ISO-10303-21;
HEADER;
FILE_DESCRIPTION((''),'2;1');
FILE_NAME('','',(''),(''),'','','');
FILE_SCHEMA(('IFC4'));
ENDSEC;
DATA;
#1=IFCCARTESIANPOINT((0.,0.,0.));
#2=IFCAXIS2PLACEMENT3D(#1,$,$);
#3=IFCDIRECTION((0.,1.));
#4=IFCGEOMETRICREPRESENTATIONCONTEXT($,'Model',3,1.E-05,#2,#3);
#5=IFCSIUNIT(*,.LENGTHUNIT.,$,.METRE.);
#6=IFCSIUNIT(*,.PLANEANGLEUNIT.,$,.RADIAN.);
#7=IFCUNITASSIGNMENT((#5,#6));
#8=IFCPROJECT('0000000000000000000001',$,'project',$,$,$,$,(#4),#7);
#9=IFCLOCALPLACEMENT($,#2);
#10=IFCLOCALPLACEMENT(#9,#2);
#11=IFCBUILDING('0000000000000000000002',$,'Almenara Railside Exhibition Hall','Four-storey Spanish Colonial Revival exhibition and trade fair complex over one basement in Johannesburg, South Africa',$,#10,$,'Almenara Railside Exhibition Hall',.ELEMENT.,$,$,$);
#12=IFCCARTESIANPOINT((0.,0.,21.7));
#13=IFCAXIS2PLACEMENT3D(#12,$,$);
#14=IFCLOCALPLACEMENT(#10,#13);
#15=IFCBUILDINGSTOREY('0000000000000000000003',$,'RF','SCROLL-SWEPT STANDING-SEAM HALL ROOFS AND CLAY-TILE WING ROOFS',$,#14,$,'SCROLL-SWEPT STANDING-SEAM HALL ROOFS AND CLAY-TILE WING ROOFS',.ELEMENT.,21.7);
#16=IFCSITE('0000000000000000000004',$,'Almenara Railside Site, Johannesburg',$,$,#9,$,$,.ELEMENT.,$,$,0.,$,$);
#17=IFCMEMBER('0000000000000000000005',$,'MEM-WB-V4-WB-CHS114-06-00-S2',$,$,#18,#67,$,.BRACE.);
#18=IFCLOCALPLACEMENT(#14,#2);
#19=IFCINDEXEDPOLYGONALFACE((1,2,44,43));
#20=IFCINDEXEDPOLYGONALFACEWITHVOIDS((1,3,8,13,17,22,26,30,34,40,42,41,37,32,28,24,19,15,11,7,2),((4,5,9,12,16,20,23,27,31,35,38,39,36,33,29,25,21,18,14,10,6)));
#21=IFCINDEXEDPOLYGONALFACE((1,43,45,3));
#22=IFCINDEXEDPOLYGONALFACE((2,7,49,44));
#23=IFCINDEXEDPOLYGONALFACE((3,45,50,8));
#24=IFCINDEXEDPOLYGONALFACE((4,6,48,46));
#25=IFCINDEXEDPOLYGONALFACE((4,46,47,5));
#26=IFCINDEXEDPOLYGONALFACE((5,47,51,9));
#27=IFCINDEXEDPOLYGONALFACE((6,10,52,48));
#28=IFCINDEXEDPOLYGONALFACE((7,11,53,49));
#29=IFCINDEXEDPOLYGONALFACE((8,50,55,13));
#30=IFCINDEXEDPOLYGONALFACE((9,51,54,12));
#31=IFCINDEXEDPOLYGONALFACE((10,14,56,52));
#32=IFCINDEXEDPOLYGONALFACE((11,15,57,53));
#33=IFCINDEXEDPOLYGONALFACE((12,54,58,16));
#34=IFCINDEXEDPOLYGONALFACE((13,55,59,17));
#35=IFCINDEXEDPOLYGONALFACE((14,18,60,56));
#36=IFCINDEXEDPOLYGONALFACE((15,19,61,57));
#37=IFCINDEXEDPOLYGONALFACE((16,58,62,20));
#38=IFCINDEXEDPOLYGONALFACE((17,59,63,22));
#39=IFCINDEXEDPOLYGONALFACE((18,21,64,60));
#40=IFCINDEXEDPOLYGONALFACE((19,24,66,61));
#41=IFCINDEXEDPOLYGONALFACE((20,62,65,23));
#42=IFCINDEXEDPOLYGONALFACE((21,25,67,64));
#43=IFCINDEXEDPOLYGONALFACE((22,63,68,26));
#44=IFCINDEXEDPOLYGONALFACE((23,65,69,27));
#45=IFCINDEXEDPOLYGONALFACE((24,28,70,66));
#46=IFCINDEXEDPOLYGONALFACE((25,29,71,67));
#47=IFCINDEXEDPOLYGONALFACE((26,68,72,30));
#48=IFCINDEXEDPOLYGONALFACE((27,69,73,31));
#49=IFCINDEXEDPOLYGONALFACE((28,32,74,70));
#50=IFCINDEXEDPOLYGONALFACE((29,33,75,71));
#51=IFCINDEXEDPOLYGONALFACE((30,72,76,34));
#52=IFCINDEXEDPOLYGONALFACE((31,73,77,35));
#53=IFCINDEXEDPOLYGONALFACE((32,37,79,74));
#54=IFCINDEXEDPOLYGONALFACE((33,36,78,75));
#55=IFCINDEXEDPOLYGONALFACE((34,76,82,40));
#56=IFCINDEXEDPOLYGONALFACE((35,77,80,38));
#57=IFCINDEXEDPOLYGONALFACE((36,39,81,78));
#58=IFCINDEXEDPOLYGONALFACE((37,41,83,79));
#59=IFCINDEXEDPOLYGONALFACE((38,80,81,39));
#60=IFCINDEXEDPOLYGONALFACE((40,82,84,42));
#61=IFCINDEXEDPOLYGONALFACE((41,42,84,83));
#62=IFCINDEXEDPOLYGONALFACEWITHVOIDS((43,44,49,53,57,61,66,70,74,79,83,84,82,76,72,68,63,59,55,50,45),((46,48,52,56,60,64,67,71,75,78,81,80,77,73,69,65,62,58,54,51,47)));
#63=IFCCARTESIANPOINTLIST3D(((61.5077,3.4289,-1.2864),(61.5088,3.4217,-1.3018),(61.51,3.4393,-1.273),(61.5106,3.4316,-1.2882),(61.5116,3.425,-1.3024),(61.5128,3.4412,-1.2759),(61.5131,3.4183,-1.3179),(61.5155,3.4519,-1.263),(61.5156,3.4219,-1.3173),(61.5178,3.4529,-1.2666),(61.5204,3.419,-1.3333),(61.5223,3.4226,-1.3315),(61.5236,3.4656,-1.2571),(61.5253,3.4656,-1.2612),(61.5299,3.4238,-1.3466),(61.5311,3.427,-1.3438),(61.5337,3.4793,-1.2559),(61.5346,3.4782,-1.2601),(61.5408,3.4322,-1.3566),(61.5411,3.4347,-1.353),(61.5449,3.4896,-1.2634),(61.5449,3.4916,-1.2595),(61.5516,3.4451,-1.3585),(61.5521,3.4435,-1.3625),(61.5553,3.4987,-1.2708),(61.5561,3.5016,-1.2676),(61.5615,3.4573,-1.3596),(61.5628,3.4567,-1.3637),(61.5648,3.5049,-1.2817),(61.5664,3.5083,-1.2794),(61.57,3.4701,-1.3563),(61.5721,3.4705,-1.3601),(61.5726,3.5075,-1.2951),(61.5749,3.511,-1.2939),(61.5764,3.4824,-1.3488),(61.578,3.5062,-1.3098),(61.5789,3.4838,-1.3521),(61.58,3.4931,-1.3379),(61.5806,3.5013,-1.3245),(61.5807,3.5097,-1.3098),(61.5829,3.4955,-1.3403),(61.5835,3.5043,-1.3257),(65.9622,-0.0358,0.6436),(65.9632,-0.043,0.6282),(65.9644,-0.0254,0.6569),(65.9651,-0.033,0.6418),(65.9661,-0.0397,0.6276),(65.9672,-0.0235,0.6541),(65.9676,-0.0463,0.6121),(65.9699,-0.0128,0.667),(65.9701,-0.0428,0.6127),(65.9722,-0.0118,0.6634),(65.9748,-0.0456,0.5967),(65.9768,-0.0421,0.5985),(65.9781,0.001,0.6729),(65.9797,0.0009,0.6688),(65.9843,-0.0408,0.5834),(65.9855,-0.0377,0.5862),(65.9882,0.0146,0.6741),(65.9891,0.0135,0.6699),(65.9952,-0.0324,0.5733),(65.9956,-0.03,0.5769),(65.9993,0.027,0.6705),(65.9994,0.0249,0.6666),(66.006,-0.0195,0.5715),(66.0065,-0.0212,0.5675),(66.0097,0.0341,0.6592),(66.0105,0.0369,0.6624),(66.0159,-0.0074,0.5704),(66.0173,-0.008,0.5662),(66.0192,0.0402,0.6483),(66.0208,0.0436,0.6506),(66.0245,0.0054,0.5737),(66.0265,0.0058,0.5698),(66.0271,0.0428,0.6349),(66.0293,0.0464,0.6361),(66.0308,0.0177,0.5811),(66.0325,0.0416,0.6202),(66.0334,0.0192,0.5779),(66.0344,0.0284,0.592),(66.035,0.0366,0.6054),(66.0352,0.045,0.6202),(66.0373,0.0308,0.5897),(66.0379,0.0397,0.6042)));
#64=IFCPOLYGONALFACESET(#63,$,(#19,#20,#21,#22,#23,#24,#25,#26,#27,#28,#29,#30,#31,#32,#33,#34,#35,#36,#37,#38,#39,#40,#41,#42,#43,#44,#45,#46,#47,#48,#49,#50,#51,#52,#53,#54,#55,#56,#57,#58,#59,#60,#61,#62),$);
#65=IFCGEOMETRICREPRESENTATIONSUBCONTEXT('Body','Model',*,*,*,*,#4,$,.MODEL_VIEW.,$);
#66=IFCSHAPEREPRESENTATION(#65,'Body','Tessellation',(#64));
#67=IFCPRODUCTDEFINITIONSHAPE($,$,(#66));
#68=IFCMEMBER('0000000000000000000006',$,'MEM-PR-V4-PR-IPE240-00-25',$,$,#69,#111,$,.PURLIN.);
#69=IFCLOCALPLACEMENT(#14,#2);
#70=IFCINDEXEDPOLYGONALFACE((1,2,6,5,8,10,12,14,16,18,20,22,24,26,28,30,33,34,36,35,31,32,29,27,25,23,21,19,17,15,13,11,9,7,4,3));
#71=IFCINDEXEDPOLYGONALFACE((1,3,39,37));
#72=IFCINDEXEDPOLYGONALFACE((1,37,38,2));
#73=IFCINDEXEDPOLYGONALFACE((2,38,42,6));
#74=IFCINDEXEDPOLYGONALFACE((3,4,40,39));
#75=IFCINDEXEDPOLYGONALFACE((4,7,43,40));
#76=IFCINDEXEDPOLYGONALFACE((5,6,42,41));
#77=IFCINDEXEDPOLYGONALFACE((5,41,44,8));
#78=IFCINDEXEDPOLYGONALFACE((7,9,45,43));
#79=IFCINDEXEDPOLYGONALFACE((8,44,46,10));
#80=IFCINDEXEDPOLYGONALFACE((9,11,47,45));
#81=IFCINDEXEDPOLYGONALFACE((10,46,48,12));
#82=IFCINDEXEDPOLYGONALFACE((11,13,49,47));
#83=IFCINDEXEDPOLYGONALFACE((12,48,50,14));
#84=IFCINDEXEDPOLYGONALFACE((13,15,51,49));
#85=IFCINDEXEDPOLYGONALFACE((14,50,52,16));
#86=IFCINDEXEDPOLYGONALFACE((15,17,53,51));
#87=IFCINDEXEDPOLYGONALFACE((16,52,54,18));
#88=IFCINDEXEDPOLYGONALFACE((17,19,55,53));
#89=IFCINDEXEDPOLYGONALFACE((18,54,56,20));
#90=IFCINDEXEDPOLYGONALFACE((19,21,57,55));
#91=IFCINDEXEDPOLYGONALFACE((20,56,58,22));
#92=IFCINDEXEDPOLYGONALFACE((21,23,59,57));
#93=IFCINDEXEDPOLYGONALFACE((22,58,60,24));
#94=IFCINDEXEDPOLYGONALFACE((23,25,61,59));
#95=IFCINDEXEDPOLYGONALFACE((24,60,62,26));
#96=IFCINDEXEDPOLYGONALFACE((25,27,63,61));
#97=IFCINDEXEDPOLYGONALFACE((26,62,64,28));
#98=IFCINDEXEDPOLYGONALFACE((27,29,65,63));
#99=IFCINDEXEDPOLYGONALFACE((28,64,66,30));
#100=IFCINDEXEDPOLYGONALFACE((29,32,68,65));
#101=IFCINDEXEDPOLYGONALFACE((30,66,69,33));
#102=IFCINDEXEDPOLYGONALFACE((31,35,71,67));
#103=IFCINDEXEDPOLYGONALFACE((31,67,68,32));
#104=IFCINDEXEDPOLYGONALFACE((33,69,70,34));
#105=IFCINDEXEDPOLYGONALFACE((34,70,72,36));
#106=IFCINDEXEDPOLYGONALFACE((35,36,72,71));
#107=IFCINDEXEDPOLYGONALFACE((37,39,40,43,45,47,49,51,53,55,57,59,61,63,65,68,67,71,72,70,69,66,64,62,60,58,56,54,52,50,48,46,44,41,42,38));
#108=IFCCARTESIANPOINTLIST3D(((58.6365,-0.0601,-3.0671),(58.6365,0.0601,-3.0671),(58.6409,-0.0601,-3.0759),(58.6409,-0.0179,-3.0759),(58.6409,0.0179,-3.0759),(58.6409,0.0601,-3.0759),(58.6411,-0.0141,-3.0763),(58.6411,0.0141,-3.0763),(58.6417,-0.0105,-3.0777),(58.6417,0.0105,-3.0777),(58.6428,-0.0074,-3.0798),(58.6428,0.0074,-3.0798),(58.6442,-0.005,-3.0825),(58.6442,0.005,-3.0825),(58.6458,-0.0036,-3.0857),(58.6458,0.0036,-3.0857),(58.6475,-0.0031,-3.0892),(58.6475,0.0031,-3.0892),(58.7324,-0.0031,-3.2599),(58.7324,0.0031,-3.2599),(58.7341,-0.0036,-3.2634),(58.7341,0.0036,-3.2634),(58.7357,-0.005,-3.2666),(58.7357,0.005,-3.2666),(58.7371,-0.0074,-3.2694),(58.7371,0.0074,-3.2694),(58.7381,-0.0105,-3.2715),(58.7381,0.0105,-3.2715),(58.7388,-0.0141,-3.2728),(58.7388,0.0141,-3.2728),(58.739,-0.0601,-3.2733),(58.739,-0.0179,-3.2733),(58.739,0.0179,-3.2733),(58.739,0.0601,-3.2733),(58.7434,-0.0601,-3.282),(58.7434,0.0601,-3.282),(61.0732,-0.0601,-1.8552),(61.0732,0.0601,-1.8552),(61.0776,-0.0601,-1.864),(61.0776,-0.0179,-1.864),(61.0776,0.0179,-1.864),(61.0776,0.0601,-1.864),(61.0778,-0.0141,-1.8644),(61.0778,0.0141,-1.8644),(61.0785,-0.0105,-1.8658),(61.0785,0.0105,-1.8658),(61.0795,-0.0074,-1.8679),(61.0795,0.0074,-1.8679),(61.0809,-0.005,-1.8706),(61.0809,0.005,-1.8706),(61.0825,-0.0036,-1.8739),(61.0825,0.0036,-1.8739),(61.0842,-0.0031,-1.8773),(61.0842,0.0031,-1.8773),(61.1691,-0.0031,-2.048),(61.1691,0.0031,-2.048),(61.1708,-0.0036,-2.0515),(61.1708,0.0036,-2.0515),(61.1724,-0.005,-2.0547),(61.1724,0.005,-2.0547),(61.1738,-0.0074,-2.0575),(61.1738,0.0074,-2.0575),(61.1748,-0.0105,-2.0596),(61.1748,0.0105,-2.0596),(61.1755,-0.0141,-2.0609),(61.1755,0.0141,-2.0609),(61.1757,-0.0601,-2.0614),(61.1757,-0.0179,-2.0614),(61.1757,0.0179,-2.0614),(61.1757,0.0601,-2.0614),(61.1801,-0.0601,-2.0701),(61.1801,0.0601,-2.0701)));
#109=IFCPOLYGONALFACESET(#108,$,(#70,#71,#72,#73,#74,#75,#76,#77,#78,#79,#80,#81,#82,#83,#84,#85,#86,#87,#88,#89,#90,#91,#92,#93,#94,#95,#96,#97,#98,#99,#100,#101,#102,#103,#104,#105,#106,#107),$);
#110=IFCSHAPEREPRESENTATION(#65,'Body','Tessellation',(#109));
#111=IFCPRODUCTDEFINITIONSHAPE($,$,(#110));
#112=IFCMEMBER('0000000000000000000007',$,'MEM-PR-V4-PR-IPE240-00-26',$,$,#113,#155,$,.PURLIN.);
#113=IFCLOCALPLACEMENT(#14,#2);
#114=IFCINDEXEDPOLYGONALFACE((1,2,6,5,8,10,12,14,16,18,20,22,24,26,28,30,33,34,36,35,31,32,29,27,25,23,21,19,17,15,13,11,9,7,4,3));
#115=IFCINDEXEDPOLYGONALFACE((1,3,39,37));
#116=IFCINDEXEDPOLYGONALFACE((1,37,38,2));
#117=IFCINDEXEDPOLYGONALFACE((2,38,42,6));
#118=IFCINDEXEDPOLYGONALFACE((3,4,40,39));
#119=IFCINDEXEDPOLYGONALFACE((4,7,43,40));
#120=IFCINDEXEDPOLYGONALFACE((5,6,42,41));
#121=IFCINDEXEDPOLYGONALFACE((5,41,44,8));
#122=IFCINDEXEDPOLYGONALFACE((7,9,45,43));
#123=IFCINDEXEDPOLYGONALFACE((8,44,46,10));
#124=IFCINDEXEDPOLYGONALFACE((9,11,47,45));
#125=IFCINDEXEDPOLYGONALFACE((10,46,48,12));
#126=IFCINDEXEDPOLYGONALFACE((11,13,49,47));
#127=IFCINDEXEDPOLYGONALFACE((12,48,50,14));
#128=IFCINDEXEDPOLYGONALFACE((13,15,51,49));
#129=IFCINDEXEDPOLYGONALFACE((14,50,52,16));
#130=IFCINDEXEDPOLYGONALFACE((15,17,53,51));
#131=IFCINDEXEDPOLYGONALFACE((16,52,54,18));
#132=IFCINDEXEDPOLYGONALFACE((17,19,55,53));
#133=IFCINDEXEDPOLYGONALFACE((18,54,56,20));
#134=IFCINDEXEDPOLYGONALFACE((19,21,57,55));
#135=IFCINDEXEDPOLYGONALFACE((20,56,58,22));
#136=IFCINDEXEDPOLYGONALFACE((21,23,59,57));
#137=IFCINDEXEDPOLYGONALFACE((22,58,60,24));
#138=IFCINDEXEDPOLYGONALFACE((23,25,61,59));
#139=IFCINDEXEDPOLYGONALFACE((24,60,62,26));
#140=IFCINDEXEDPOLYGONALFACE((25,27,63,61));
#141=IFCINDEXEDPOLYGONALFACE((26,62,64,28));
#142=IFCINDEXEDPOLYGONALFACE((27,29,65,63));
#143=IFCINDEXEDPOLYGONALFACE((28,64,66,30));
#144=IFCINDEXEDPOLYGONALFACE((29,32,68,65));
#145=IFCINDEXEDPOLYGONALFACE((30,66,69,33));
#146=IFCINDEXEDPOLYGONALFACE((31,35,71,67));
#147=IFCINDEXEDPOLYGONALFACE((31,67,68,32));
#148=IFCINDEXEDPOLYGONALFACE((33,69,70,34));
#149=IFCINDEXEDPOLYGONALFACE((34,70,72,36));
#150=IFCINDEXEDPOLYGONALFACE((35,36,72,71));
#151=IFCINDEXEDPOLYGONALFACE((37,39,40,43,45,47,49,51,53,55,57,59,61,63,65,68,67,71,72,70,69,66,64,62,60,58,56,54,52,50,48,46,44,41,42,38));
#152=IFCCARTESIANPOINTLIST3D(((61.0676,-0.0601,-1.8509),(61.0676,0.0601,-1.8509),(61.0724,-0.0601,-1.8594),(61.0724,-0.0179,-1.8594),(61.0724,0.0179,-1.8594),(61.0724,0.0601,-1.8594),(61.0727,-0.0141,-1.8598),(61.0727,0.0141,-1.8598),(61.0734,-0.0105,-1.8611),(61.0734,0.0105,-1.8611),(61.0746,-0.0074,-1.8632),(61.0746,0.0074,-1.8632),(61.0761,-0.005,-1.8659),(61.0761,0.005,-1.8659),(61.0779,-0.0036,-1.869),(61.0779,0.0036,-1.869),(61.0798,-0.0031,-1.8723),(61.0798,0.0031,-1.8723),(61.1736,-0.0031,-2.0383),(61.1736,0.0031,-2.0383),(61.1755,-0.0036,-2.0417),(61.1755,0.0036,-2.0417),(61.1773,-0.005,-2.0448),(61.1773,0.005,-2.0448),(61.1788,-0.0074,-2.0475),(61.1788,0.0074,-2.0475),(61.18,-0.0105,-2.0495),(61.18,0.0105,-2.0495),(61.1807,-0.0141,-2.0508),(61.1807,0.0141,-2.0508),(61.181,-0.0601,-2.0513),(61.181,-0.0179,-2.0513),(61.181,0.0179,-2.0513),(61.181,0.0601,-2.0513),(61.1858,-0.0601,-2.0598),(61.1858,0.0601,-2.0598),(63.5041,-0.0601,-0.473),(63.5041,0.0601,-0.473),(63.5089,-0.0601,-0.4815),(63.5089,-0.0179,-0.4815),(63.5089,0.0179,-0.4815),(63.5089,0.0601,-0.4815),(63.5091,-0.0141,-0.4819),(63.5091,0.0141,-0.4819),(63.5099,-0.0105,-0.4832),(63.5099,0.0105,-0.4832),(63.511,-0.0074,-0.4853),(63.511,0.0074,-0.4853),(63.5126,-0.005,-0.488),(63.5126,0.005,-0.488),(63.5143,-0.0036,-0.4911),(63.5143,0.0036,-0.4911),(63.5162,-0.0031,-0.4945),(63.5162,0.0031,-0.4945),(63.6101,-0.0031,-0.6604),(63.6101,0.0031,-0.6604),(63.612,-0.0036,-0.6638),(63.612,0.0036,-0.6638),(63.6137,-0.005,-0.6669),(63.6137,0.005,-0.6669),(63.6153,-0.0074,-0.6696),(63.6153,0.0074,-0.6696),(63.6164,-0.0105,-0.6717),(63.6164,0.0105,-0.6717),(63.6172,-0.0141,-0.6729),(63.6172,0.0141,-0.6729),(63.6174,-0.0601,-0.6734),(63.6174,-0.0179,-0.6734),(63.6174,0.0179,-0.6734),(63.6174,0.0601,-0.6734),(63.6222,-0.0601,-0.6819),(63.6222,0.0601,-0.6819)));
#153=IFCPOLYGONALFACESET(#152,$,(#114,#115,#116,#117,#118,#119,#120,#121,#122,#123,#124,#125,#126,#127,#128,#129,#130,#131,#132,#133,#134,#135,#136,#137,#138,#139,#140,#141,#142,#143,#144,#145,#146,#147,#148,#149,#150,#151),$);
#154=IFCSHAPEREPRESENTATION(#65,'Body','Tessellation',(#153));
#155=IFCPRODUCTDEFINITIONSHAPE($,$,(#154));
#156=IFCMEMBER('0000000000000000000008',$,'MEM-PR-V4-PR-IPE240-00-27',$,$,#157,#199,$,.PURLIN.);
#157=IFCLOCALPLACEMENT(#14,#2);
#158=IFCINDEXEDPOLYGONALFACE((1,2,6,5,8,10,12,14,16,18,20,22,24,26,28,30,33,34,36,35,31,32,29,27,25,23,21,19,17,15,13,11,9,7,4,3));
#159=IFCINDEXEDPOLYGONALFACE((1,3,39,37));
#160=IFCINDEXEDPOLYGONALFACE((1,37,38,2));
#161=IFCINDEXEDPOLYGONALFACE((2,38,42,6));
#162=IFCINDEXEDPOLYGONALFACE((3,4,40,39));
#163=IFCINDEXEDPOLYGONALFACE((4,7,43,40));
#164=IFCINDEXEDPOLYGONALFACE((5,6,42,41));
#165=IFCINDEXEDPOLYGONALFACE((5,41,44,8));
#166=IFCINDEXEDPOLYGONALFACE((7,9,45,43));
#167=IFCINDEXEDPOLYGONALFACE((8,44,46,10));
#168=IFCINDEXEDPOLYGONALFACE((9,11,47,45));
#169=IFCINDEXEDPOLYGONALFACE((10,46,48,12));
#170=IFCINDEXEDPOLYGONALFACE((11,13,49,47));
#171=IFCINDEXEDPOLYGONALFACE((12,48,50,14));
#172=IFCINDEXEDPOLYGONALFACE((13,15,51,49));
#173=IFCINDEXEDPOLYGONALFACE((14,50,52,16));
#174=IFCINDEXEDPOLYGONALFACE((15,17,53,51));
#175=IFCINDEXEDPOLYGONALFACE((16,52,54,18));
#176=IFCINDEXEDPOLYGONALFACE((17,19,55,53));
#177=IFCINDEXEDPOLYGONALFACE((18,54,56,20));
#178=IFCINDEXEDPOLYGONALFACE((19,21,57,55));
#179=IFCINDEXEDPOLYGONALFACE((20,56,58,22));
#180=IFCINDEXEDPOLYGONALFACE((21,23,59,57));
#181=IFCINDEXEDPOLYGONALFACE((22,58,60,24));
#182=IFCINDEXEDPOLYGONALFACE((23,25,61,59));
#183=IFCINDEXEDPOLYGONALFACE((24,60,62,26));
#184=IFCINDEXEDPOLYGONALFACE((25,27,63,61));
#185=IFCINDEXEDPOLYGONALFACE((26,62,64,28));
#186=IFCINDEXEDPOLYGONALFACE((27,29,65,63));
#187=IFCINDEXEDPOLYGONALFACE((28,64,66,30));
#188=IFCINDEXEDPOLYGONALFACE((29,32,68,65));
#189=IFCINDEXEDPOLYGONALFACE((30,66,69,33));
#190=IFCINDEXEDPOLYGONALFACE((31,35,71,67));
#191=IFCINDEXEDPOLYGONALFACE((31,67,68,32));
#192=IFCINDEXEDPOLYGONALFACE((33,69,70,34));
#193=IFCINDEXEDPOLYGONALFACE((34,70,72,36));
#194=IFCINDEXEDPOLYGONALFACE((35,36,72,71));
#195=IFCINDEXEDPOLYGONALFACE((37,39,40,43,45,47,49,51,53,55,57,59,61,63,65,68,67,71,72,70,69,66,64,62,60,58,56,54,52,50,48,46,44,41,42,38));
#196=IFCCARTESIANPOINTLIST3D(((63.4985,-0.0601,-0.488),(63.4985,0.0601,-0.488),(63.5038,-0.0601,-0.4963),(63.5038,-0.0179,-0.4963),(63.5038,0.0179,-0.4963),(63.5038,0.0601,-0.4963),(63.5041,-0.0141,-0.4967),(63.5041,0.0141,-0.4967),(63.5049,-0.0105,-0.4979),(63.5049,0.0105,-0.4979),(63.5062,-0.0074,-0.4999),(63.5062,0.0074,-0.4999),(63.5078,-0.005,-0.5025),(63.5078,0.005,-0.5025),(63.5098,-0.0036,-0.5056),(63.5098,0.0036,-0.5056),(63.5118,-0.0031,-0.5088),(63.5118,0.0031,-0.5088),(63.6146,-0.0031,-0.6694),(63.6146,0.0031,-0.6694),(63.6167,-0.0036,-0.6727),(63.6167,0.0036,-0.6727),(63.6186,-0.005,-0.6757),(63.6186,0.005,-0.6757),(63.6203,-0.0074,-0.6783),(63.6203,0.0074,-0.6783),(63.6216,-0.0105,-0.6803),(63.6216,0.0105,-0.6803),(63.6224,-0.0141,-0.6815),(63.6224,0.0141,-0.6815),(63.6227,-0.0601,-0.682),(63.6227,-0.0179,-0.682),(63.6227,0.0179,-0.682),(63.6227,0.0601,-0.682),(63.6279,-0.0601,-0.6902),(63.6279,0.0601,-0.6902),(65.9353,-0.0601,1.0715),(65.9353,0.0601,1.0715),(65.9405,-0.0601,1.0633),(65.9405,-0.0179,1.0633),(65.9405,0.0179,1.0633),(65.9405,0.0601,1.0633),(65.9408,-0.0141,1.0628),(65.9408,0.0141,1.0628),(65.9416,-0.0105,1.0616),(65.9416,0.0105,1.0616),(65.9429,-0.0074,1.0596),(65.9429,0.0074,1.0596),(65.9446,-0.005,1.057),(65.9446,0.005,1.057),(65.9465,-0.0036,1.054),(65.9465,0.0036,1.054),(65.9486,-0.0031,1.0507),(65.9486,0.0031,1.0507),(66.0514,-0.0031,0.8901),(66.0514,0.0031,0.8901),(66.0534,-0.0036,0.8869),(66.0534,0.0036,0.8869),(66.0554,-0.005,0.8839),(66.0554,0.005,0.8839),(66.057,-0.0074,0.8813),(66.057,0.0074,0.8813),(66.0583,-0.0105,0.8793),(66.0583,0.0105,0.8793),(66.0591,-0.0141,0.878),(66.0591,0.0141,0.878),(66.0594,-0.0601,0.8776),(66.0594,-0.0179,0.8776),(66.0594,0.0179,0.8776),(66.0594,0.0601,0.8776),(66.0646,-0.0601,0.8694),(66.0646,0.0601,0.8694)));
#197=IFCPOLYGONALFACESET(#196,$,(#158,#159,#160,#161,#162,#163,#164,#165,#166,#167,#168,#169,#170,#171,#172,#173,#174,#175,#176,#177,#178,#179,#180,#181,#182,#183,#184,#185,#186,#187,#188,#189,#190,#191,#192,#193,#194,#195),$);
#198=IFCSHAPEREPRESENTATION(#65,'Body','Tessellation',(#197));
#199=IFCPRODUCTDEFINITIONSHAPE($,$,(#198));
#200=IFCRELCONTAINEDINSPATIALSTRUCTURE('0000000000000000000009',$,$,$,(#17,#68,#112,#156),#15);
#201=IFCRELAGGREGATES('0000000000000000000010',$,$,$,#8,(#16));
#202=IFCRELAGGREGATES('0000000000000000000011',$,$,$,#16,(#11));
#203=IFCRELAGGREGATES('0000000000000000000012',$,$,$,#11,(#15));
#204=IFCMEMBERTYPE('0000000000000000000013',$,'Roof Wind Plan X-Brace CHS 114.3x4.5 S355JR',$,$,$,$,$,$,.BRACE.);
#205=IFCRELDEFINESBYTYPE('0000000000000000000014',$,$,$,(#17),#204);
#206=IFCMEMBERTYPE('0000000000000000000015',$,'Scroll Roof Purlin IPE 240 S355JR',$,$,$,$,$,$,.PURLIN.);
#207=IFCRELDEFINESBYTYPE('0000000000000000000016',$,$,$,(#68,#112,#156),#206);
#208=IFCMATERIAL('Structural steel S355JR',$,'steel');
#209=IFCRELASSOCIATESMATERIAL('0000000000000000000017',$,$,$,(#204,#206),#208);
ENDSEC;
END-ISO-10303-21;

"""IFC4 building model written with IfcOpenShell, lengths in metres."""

from ifc_helpers import new_model, si_unit, direction, frame, origin, origin_2d, place, context, subcontext, project, spatial, hollow_circle, i_section, extrude, material, material_profile, profile_set, type_object, element, save


model = new_model("IFC4")

# Units and contexts
model_context = context("Model", 3, precision=1e-05, world=origin(), true_north=direction((0.0, 1.0)))
body_context = subcontext(model_context, "Body", "Model", "MODEL_VIEW")
ifc_project = project(units=[si_unit("LENGTHUNIT", "METRE"), si_unit("PLANEANGLEUNIT", "RADIAN")], contexts=[model_context])

# Site, building, storey
site_placement = place(None, origin())
site = spatial("IfcSite", under=ifc_project, at=site_placement, Name="Almenara Railside Site, Johannesburg", CompositionType="ELEMENT", RefElevation=0.0)
building_placement = place(site_placement, origin())
building = spatial("IfcBuilding", under=site, at=building_placement, Name="Almenara Railside Exhibition Hall", Description="Four-storey Spanish Colonial Revival exhibition and trade fair complex over one basement in Johannesburg, South Africa", LongName="Almenara Railside Exhibition Hall", CompositionType="ELEMENT")
storey_placement = place(building_placement, frame((0.0, 0.0, 21.7)))
storey = spatial("IfcBuildingStorey", under=building, at=storey_placement, Name="RF", Description="SCROLL-SWEPT STANDING-SEAM HALL ROOFS AND CLAY-TILE WING ROOFS", LongName="SCROLL-SWEPT STANDING-SEAM HALL ROOFS AND CLAY-TILE WING ROOFS", CompositionType="ELEMENT", Elevation=21.7)

# Shared definitions
ifc_material = material(Name="Structural steel S355JR", Category="steel")

# Members
ifc_material_profile_1 = material_profile(ifc_material, hollow_circle(Radius=0.0571, WallThickness=0.0044, at=origin_2d()), Name="CHS 114.3x4.5")
ifc_profile_set_1 = profile_set([ifc_material_profile_1], Name="Structural steel S355JR")
member_type_1 = type_object("IfcMemberType", Name="Roof Wind Plan X-Brace CHS 114.3x4.5 S355JR", PredefinedType="BRACE", material=ifc_profile_set_1)
member_1_placement = place(storey_placement, frame((61.5457, 3.4646, -1.3098), z_axis=(0.746872, -0.580919, 0.323597), x_axis=(0.613953, 0.789343, 0.0)))
element("IfcMember", 1, at=member_1_placement, inside=storey, type_object=member_type_1, Name="MEM-WB-V4-WB-CHS114-06-00-S2", PredefinedType="BRACE", context=body_context, shape_type="SweptSolid", body=[
    extrude(hollow_circle(Radius=0.0571, WallThickness=0.0044, at=origin_2d()), origin(), (0.0, 0.0, 1.0), 5.9641),
])
ifc_material_profile_2 = material_profile(ifc_material, i_section(OverallWidth=0.1201, OverallDepth=0.24, WebThickness=0.0061, FlangeThickness=0.0098, FilletRadius=0.0149, at=origin_2d()), Name="IPE 240")
ifc_profile_set_2 = profile_set([ifc_material_profile_2], Name="Structural steel S355JR")
member_type_2 = type_object("IfcMemberType", Name="Scroll Roof Purlin IPE 240 S355JR", PredefinedType="PURLIN", material=ifc_profile_set_2)
member_2_placement = place(storey_placement, frame((58.6899, 0.0, -3.1746), z_axis=(0.895376, 0.0, 0.445311), x_axis=(0.0, 1.0, 0.0)))
element("IfcMember", 2, at=member_2_placement, inside=storey, type_object=member_type_2, Name="MEM-PR-V4-PR-IPE240-00-25", PredefinedType="PURLIN", context=body_context, shape_type="SweptSolid", body=[
    extrude(i_section(OverallWidth=0.1201, OverallDepth=0.24, WebThickness=0.0061, FlangeThickness=0.0098, FilletRadius=0.0149, at=origin_2d()), origin(), (0.0, 0.0, 1.0), 2.7214),
])
member_3_placement = place(storey_placement, frame((61.1267, 0.0, -1.9553), z_axis=(0.870446, 0.0, 0.492264), x_axis=(0.0, 1.0, 0.0)))
element("IfcMember", 3, at=member_3_placement, inside=storey, type_object=member_type_2, Name="MEM-PR-V4-PR-IPE240-00-26", PredefinedType="PURLIN", context=body_context, shape_type="SweptSolid", body=[
    extrude(i_section(OverallWidth=0.1201, OverallDepth=0.24, WebThickness=0.0061, FlangeThickness=0.0098, FilletRadius=0.0149, at=origin_2d()), origin(), (0.0, 0.0, 1.0), 2.7991),
])
member_4_placement = place(storey_placement, frame((63.5632, 0.0, -0.5891), z_axis=(0.842265, 0.0, 0.539063), x_axis=(0.0, 1.0, 0.0)))
element("IfcMember", 4, at=member_4_placement, inside=storey, type_object=member_type_2, Name="MEM-PR-V4-PR-IPE240-00-27", PredefinedType="PURLIN", context=body_context, shape_type="SweptSolid", body=[
    extrude(i_section(OverallWidth=0.1201, OverallDepth=0.24, WebThickness=0.0061, FlangeThickness=0.0098, FilletRadius=0.0149, at=origin_2d()), origin(), (0.0, 0.0, 1.0), 2.8931),
])

save(model, "model.ifc")
